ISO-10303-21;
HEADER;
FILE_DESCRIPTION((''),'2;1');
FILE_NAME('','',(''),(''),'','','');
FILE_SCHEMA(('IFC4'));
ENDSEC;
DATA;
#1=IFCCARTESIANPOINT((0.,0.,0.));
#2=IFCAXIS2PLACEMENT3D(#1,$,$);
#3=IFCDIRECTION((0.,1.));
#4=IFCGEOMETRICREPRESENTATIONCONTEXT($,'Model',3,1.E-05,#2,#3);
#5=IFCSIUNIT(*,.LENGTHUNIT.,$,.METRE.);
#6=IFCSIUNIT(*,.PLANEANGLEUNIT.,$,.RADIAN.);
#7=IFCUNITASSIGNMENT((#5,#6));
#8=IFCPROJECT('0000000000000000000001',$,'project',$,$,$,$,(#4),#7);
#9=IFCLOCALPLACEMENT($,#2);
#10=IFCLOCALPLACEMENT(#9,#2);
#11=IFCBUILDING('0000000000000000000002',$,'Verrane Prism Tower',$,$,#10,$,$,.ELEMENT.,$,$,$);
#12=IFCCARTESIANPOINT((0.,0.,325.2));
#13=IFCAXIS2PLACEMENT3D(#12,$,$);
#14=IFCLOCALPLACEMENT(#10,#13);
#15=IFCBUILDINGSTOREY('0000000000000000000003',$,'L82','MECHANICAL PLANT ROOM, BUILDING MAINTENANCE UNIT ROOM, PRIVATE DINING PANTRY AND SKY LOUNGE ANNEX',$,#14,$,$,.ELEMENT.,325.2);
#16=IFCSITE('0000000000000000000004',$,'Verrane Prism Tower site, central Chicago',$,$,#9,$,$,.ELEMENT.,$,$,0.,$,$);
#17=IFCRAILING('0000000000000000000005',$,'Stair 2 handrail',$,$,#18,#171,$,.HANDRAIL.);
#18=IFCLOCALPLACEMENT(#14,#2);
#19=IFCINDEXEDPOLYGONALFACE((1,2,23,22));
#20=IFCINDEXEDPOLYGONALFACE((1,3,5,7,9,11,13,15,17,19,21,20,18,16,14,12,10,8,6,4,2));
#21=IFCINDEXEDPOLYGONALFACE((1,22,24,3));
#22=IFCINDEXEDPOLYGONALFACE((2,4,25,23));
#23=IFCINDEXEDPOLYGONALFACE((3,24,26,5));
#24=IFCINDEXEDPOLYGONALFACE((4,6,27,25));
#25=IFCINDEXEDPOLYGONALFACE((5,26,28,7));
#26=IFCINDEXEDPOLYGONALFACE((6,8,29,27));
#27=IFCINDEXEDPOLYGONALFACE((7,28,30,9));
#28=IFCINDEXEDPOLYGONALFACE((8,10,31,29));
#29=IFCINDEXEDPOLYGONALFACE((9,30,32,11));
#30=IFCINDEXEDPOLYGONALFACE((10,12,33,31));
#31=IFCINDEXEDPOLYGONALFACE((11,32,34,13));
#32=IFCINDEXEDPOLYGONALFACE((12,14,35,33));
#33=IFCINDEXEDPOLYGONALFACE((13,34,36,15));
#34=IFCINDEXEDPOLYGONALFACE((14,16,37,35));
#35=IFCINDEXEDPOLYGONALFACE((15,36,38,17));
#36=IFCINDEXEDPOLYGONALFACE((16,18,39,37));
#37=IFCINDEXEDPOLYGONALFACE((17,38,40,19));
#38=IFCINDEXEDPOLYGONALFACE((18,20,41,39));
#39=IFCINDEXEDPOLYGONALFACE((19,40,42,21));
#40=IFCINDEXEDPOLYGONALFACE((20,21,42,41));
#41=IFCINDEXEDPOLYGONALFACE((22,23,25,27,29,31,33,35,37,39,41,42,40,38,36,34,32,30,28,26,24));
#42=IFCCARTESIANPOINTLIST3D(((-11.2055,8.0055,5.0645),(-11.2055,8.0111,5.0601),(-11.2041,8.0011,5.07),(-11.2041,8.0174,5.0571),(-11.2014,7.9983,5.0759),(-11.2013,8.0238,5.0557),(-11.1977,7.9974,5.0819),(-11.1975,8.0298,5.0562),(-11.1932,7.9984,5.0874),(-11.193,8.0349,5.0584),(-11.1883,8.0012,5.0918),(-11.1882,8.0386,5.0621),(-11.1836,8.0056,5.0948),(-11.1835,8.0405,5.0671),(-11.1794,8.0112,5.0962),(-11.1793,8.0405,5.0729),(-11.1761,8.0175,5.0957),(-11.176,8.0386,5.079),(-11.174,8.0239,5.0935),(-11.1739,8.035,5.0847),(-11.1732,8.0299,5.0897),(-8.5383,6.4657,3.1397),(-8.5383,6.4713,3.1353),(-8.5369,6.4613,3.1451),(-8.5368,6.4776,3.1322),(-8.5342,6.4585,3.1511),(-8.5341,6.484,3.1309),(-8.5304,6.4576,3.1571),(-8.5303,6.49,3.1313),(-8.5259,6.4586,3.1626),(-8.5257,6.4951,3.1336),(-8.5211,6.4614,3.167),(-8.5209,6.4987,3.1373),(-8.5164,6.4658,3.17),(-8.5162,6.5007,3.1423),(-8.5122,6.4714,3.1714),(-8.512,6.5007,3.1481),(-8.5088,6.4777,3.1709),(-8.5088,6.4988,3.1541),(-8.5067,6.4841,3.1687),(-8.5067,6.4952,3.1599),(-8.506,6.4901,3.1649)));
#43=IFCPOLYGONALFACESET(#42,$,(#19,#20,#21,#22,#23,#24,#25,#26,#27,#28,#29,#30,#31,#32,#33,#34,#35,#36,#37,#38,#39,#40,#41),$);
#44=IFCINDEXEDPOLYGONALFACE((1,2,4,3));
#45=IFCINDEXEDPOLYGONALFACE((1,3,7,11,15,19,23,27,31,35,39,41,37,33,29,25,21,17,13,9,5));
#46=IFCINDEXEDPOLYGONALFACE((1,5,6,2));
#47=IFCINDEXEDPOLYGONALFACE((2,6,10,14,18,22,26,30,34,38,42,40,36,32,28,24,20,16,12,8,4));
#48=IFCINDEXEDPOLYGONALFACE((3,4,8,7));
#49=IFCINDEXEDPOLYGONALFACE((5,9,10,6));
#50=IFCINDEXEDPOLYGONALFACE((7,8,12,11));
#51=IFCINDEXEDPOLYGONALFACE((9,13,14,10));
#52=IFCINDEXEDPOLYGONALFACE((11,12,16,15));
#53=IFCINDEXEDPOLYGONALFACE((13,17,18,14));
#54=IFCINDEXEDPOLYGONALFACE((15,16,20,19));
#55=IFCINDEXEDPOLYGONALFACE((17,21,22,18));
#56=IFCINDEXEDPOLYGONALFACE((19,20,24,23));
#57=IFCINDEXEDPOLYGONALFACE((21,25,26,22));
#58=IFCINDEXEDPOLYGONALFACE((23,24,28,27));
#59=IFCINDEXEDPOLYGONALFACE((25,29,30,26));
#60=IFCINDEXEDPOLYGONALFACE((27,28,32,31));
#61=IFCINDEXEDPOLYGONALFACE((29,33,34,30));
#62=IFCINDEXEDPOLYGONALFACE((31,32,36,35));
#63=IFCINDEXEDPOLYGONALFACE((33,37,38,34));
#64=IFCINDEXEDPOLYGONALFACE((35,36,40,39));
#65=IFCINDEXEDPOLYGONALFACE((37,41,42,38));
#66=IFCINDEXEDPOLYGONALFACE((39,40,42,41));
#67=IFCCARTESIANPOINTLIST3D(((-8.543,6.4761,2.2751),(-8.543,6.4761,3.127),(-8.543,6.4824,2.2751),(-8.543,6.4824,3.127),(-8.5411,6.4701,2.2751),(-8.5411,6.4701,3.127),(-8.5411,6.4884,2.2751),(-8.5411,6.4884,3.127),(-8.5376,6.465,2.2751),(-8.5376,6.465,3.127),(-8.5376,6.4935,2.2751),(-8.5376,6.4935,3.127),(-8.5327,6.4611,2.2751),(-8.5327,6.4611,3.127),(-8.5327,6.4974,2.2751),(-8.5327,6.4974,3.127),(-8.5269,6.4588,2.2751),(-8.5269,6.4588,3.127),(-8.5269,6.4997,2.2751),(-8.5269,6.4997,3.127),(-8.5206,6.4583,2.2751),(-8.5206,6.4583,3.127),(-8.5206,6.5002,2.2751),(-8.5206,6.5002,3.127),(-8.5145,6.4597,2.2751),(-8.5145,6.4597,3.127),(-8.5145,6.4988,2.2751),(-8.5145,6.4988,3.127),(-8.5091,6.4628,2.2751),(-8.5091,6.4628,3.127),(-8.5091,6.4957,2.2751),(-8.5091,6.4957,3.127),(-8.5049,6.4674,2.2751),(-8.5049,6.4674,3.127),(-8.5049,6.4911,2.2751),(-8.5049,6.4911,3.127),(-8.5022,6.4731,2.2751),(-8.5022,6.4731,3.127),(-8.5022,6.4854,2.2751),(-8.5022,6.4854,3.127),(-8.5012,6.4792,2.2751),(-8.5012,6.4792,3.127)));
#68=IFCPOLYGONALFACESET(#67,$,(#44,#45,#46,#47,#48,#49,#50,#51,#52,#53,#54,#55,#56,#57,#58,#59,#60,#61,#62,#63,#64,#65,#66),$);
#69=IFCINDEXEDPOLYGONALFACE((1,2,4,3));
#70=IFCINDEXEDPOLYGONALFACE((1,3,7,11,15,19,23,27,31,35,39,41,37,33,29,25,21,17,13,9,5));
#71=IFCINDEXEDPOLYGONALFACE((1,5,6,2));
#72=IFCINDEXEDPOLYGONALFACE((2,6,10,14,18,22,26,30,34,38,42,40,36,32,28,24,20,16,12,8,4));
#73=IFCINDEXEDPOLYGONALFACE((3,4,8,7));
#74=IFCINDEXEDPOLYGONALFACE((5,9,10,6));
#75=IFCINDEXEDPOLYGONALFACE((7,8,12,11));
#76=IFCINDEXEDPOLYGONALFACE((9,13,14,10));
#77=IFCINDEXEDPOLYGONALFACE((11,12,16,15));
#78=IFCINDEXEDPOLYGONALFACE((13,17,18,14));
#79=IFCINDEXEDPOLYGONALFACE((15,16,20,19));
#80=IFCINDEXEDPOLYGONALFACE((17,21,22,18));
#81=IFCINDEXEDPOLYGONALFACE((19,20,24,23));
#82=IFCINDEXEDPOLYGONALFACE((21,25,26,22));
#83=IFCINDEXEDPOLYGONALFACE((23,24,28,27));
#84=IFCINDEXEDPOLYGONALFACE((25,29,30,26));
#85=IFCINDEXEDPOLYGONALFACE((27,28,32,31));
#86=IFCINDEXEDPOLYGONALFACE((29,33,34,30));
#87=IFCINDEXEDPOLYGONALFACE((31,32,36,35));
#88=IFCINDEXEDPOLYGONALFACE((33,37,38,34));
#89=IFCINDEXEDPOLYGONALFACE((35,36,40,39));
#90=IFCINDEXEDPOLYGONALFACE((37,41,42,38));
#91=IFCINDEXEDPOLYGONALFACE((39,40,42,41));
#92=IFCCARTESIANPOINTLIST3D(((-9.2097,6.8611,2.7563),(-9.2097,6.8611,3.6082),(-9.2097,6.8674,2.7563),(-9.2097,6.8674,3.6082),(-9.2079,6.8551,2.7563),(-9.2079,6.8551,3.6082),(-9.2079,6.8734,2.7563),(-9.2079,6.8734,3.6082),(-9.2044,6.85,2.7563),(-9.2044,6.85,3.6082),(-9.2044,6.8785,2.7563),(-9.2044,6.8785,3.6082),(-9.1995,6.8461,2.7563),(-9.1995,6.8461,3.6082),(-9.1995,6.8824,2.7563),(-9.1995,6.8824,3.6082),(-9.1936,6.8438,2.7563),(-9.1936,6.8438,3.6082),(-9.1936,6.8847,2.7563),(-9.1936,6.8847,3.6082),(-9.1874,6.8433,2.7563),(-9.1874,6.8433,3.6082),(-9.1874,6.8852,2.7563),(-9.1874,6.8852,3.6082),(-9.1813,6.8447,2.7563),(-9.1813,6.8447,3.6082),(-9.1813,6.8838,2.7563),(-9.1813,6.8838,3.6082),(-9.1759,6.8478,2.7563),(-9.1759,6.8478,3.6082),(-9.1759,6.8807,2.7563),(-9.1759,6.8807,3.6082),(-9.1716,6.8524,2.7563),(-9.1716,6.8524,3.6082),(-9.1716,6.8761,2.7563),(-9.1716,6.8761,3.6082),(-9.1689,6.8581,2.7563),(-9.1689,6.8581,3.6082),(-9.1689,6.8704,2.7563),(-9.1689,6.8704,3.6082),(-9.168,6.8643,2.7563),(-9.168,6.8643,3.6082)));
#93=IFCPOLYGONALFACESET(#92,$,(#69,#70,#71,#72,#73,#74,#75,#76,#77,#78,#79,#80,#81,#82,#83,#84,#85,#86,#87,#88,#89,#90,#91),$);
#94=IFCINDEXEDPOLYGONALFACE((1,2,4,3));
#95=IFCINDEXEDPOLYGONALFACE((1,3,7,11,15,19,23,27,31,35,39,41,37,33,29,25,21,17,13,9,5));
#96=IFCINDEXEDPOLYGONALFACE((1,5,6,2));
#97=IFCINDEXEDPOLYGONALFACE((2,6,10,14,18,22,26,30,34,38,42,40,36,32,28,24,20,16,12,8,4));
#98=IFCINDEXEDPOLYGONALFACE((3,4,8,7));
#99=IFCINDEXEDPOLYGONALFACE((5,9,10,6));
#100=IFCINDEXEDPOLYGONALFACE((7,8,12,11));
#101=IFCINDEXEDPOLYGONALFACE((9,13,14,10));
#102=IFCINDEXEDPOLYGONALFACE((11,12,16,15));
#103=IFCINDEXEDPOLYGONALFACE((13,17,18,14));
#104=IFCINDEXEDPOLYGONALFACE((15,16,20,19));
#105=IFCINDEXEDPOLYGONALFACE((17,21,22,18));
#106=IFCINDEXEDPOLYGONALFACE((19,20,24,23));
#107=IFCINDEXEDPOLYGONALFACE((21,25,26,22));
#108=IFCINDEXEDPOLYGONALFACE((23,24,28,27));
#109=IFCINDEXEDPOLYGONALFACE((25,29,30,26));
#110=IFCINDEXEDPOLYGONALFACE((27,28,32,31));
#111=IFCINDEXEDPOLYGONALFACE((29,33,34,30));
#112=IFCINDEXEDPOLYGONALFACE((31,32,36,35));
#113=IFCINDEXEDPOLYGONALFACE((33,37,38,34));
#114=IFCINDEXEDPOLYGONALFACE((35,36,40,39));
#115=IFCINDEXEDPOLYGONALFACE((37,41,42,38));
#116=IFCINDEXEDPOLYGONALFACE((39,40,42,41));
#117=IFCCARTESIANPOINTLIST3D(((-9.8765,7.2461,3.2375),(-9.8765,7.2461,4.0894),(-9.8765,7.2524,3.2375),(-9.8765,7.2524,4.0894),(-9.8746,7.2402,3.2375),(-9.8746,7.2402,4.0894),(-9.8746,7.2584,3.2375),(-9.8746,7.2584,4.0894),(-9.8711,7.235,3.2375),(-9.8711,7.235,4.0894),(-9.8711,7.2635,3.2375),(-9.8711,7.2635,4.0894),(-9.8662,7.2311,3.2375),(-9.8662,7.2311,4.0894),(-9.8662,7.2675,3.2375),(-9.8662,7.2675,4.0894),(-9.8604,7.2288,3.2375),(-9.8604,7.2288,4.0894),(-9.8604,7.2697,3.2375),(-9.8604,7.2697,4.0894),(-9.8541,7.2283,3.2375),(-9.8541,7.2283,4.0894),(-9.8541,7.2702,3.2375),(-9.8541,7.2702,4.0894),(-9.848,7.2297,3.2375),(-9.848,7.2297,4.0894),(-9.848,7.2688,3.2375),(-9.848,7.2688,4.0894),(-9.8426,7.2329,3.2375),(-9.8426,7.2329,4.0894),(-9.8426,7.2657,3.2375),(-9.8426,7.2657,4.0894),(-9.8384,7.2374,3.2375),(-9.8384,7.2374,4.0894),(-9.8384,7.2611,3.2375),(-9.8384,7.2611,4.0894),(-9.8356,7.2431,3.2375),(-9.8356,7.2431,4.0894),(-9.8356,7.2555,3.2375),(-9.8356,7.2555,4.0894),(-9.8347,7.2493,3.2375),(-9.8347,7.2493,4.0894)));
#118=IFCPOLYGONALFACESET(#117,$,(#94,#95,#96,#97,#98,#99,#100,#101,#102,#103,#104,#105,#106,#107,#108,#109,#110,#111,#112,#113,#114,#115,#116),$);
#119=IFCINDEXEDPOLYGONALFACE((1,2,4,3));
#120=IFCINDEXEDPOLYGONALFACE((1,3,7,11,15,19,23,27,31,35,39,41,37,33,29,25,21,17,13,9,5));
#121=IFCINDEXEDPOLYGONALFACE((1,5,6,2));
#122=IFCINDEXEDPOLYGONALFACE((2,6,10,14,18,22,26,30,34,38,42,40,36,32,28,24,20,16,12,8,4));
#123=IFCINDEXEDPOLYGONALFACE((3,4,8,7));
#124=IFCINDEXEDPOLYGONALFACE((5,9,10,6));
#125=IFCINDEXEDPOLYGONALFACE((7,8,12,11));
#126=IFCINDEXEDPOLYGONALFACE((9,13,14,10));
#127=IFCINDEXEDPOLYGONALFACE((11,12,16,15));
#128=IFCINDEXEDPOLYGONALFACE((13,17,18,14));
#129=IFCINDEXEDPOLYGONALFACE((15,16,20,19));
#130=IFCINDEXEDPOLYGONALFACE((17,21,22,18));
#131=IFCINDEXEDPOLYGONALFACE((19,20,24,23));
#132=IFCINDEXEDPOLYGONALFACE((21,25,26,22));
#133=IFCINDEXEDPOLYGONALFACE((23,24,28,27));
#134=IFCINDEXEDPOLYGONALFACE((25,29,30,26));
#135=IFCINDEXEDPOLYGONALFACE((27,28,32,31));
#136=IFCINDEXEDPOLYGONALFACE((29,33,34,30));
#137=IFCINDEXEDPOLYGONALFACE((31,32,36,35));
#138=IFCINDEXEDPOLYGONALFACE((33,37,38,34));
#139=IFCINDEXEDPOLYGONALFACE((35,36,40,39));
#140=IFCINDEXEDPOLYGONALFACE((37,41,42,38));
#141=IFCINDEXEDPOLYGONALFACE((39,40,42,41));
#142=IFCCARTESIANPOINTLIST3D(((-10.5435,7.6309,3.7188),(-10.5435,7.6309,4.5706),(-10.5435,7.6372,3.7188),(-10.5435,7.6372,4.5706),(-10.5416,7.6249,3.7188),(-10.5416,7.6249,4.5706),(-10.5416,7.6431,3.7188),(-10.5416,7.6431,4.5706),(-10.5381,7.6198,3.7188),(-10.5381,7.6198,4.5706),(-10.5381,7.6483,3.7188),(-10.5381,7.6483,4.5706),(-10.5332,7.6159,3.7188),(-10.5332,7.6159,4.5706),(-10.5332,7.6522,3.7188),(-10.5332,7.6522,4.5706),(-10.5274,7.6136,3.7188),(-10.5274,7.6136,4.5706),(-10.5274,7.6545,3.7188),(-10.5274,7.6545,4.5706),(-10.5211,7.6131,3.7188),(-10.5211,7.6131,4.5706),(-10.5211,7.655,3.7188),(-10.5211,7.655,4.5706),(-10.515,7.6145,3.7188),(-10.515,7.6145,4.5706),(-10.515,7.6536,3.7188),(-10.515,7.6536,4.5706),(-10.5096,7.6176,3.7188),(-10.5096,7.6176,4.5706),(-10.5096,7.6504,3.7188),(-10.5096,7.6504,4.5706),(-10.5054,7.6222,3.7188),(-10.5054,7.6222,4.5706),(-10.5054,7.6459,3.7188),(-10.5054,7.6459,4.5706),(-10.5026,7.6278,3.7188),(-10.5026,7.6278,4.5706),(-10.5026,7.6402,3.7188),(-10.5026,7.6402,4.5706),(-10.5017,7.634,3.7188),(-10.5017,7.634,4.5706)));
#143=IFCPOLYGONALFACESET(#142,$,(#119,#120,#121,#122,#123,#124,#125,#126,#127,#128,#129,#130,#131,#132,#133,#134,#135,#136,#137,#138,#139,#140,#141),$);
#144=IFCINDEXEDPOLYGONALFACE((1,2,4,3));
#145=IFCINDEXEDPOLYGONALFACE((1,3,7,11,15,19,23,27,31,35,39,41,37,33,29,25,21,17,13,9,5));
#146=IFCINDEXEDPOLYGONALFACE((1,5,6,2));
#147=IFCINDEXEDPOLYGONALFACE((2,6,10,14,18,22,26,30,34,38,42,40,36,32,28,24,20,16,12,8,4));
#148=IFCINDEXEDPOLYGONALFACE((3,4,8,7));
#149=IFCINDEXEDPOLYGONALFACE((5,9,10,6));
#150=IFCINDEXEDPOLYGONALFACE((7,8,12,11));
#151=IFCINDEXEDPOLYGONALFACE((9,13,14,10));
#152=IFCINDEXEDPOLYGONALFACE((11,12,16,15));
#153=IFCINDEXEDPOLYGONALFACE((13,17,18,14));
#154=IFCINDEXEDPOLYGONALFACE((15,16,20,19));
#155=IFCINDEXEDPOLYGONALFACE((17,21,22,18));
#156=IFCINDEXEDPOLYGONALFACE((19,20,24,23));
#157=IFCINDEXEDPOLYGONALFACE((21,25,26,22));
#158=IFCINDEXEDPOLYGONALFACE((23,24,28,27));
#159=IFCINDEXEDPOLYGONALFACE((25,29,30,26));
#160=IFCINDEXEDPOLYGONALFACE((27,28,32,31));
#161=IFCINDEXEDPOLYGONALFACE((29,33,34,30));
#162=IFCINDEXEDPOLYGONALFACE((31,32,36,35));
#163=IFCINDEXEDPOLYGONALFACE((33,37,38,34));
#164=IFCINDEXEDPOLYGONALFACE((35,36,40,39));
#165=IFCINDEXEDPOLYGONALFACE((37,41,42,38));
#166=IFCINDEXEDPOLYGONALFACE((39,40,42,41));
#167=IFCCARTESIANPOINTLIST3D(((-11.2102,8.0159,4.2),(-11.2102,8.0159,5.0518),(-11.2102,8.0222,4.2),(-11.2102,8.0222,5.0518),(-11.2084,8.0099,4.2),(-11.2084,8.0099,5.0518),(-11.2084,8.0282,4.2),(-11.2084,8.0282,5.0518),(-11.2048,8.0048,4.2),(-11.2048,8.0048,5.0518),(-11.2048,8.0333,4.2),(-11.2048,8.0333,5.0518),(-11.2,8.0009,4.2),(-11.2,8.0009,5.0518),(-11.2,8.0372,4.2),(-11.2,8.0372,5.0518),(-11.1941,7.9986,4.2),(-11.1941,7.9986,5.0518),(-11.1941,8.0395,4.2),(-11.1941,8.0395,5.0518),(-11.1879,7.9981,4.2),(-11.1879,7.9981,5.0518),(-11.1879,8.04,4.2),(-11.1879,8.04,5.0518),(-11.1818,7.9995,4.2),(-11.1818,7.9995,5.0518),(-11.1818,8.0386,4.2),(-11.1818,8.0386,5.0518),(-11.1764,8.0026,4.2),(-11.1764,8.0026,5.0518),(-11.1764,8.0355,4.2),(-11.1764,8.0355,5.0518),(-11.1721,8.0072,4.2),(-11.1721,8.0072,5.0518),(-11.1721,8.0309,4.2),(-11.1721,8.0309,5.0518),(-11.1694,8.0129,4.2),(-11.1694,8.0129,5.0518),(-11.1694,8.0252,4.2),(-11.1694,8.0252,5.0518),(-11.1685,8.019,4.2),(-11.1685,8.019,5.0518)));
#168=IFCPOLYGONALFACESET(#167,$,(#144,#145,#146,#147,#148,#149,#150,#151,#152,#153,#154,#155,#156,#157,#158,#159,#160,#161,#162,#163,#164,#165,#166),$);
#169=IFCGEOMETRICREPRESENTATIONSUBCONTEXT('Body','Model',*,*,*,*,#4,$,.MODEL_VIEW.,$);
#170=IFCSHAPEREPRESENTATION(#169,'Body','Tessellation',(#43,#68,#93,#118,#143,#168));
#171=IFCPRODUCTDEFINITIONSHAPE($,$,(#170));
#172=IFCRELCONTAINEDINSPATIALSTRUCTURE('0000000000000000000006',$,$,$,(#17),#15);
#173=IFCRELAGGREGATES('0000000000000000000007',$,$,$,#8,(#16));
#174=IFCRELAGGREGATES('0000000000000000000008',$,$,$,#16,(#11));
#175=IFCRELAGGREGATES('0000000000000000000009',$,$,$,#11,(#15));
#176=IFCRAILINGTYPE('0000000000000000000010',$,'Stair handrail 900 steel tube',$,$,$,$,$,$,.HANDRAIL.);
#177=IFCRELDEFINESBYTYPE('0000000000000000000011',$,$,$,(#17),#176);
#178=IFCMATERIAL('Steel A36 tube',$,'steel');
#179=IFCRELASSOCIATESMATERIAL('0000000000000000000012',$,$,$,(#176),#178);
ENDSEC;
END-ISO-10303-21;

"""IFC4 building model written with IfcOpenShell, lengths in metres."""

from ifc_helpers import new_model, si_unit, direction, frame, origin, origin_2d, place, context, subcontext, project, spatial, circle, extrude, material, type_object, element, save


model = new_model("IFC4")

# Units and contexts
model_context = context("Model", 3, precision=1e-05, world=origin(), true_north=direction((0.0, 1.0)))
body_context = subcontext(model_context, "Body", "Model", "MODEL_VIEW")
ifc_project = project(units=[si_unit("LENGTHUNIT", "METRE"), si_unit("PLANEANGLEUNIT", "RADIAN")], contexts=[model_context])

# Site, building, storey
site_placement = place(None, origin())
site = spatial("IfcSite", under=ifc_project, at=site_placement, Name="Verrane Prism Tower site, central Chicago", CompositionType="ELEMENT", RefElevation=0.0)
building_placement = place(site_placement, origin())
building = spatial("IfcBuilding", under=site, at=building_placement, Name="Verrane Prism Tower", CompositionType="ELEMENT")
storey_placement = place(building_placement, frame((0.0, 0.0, 325.2)))
storey = spatial("IfcBuildingStorey", under=building, at=storey_placement, Name="L82", Description="MECHANICAL PLANT ROOM, BUILDING MAINTENANCE UNIT ROOM, PRIVATE DINING PANTRY AND SKY LOUNGE ANNEX", CompositionType="ELEMENT", Elevation=325.2)

# Railing
ifc_material_1 = material(Name="Steel A36 tube", Category="steel")
railing_type_1 = type_object("IfcRailingType", Name="Stair handrail 900 steel tube", PredefinedType="HANDRAIL", material=ifc_material_1)
railing_1_placement = place(storey_placement, frame((-8.5222, 6.4792, 2.2751)))
element("IfcRailing", 1, at=railing_1_placement, inside=storey, type_object=railing_type_1, Name="Stair 2 handrail", PredefinedType="HANDRAIL", context=body_context, shape_type="SweptSolid", body=[
    extrude(circle(Radius=0.0239, at=origin_2d()), frame((0.0, 0.0, 0.876), z_axis=(-0.734411, 0.423975, 0.529986), x_axis=(-0.499967, -0.866044, 0.0)), (0.0, 0.0, 1.0), 3.6318),
    extrude(circle(Radius=0.021, at=origin_2d()), origin(), (0.0, 0.0, 1.0), 0.8518),
    extrude(circle(Radius=0.021, at=origin_2d()), frame((-0.6667, 0.385, 0.4812)), (0.0, 0.0, 1.0), 0.8518),
    extrude(circle(Radius=0.021, at=origin_2d()), frame((-1.3335, 0.77, 0.9624)), (0.0, 0.0, 1.0), 0.8518),
    extrude(circle(Radius=0.021, at=origin_2d()), frame((-2.0005, 1.1548, 1.4436)), (0.0, 0.0, 1.0), 0.8518),
    extrude(circle(Radius=0.021, at=origin_2d()), frame((-2.6672, 1.5398, 1.9248)), (0.0, 0.0, 1.0), 0.8518),
])

save(model, "model.ifc")
